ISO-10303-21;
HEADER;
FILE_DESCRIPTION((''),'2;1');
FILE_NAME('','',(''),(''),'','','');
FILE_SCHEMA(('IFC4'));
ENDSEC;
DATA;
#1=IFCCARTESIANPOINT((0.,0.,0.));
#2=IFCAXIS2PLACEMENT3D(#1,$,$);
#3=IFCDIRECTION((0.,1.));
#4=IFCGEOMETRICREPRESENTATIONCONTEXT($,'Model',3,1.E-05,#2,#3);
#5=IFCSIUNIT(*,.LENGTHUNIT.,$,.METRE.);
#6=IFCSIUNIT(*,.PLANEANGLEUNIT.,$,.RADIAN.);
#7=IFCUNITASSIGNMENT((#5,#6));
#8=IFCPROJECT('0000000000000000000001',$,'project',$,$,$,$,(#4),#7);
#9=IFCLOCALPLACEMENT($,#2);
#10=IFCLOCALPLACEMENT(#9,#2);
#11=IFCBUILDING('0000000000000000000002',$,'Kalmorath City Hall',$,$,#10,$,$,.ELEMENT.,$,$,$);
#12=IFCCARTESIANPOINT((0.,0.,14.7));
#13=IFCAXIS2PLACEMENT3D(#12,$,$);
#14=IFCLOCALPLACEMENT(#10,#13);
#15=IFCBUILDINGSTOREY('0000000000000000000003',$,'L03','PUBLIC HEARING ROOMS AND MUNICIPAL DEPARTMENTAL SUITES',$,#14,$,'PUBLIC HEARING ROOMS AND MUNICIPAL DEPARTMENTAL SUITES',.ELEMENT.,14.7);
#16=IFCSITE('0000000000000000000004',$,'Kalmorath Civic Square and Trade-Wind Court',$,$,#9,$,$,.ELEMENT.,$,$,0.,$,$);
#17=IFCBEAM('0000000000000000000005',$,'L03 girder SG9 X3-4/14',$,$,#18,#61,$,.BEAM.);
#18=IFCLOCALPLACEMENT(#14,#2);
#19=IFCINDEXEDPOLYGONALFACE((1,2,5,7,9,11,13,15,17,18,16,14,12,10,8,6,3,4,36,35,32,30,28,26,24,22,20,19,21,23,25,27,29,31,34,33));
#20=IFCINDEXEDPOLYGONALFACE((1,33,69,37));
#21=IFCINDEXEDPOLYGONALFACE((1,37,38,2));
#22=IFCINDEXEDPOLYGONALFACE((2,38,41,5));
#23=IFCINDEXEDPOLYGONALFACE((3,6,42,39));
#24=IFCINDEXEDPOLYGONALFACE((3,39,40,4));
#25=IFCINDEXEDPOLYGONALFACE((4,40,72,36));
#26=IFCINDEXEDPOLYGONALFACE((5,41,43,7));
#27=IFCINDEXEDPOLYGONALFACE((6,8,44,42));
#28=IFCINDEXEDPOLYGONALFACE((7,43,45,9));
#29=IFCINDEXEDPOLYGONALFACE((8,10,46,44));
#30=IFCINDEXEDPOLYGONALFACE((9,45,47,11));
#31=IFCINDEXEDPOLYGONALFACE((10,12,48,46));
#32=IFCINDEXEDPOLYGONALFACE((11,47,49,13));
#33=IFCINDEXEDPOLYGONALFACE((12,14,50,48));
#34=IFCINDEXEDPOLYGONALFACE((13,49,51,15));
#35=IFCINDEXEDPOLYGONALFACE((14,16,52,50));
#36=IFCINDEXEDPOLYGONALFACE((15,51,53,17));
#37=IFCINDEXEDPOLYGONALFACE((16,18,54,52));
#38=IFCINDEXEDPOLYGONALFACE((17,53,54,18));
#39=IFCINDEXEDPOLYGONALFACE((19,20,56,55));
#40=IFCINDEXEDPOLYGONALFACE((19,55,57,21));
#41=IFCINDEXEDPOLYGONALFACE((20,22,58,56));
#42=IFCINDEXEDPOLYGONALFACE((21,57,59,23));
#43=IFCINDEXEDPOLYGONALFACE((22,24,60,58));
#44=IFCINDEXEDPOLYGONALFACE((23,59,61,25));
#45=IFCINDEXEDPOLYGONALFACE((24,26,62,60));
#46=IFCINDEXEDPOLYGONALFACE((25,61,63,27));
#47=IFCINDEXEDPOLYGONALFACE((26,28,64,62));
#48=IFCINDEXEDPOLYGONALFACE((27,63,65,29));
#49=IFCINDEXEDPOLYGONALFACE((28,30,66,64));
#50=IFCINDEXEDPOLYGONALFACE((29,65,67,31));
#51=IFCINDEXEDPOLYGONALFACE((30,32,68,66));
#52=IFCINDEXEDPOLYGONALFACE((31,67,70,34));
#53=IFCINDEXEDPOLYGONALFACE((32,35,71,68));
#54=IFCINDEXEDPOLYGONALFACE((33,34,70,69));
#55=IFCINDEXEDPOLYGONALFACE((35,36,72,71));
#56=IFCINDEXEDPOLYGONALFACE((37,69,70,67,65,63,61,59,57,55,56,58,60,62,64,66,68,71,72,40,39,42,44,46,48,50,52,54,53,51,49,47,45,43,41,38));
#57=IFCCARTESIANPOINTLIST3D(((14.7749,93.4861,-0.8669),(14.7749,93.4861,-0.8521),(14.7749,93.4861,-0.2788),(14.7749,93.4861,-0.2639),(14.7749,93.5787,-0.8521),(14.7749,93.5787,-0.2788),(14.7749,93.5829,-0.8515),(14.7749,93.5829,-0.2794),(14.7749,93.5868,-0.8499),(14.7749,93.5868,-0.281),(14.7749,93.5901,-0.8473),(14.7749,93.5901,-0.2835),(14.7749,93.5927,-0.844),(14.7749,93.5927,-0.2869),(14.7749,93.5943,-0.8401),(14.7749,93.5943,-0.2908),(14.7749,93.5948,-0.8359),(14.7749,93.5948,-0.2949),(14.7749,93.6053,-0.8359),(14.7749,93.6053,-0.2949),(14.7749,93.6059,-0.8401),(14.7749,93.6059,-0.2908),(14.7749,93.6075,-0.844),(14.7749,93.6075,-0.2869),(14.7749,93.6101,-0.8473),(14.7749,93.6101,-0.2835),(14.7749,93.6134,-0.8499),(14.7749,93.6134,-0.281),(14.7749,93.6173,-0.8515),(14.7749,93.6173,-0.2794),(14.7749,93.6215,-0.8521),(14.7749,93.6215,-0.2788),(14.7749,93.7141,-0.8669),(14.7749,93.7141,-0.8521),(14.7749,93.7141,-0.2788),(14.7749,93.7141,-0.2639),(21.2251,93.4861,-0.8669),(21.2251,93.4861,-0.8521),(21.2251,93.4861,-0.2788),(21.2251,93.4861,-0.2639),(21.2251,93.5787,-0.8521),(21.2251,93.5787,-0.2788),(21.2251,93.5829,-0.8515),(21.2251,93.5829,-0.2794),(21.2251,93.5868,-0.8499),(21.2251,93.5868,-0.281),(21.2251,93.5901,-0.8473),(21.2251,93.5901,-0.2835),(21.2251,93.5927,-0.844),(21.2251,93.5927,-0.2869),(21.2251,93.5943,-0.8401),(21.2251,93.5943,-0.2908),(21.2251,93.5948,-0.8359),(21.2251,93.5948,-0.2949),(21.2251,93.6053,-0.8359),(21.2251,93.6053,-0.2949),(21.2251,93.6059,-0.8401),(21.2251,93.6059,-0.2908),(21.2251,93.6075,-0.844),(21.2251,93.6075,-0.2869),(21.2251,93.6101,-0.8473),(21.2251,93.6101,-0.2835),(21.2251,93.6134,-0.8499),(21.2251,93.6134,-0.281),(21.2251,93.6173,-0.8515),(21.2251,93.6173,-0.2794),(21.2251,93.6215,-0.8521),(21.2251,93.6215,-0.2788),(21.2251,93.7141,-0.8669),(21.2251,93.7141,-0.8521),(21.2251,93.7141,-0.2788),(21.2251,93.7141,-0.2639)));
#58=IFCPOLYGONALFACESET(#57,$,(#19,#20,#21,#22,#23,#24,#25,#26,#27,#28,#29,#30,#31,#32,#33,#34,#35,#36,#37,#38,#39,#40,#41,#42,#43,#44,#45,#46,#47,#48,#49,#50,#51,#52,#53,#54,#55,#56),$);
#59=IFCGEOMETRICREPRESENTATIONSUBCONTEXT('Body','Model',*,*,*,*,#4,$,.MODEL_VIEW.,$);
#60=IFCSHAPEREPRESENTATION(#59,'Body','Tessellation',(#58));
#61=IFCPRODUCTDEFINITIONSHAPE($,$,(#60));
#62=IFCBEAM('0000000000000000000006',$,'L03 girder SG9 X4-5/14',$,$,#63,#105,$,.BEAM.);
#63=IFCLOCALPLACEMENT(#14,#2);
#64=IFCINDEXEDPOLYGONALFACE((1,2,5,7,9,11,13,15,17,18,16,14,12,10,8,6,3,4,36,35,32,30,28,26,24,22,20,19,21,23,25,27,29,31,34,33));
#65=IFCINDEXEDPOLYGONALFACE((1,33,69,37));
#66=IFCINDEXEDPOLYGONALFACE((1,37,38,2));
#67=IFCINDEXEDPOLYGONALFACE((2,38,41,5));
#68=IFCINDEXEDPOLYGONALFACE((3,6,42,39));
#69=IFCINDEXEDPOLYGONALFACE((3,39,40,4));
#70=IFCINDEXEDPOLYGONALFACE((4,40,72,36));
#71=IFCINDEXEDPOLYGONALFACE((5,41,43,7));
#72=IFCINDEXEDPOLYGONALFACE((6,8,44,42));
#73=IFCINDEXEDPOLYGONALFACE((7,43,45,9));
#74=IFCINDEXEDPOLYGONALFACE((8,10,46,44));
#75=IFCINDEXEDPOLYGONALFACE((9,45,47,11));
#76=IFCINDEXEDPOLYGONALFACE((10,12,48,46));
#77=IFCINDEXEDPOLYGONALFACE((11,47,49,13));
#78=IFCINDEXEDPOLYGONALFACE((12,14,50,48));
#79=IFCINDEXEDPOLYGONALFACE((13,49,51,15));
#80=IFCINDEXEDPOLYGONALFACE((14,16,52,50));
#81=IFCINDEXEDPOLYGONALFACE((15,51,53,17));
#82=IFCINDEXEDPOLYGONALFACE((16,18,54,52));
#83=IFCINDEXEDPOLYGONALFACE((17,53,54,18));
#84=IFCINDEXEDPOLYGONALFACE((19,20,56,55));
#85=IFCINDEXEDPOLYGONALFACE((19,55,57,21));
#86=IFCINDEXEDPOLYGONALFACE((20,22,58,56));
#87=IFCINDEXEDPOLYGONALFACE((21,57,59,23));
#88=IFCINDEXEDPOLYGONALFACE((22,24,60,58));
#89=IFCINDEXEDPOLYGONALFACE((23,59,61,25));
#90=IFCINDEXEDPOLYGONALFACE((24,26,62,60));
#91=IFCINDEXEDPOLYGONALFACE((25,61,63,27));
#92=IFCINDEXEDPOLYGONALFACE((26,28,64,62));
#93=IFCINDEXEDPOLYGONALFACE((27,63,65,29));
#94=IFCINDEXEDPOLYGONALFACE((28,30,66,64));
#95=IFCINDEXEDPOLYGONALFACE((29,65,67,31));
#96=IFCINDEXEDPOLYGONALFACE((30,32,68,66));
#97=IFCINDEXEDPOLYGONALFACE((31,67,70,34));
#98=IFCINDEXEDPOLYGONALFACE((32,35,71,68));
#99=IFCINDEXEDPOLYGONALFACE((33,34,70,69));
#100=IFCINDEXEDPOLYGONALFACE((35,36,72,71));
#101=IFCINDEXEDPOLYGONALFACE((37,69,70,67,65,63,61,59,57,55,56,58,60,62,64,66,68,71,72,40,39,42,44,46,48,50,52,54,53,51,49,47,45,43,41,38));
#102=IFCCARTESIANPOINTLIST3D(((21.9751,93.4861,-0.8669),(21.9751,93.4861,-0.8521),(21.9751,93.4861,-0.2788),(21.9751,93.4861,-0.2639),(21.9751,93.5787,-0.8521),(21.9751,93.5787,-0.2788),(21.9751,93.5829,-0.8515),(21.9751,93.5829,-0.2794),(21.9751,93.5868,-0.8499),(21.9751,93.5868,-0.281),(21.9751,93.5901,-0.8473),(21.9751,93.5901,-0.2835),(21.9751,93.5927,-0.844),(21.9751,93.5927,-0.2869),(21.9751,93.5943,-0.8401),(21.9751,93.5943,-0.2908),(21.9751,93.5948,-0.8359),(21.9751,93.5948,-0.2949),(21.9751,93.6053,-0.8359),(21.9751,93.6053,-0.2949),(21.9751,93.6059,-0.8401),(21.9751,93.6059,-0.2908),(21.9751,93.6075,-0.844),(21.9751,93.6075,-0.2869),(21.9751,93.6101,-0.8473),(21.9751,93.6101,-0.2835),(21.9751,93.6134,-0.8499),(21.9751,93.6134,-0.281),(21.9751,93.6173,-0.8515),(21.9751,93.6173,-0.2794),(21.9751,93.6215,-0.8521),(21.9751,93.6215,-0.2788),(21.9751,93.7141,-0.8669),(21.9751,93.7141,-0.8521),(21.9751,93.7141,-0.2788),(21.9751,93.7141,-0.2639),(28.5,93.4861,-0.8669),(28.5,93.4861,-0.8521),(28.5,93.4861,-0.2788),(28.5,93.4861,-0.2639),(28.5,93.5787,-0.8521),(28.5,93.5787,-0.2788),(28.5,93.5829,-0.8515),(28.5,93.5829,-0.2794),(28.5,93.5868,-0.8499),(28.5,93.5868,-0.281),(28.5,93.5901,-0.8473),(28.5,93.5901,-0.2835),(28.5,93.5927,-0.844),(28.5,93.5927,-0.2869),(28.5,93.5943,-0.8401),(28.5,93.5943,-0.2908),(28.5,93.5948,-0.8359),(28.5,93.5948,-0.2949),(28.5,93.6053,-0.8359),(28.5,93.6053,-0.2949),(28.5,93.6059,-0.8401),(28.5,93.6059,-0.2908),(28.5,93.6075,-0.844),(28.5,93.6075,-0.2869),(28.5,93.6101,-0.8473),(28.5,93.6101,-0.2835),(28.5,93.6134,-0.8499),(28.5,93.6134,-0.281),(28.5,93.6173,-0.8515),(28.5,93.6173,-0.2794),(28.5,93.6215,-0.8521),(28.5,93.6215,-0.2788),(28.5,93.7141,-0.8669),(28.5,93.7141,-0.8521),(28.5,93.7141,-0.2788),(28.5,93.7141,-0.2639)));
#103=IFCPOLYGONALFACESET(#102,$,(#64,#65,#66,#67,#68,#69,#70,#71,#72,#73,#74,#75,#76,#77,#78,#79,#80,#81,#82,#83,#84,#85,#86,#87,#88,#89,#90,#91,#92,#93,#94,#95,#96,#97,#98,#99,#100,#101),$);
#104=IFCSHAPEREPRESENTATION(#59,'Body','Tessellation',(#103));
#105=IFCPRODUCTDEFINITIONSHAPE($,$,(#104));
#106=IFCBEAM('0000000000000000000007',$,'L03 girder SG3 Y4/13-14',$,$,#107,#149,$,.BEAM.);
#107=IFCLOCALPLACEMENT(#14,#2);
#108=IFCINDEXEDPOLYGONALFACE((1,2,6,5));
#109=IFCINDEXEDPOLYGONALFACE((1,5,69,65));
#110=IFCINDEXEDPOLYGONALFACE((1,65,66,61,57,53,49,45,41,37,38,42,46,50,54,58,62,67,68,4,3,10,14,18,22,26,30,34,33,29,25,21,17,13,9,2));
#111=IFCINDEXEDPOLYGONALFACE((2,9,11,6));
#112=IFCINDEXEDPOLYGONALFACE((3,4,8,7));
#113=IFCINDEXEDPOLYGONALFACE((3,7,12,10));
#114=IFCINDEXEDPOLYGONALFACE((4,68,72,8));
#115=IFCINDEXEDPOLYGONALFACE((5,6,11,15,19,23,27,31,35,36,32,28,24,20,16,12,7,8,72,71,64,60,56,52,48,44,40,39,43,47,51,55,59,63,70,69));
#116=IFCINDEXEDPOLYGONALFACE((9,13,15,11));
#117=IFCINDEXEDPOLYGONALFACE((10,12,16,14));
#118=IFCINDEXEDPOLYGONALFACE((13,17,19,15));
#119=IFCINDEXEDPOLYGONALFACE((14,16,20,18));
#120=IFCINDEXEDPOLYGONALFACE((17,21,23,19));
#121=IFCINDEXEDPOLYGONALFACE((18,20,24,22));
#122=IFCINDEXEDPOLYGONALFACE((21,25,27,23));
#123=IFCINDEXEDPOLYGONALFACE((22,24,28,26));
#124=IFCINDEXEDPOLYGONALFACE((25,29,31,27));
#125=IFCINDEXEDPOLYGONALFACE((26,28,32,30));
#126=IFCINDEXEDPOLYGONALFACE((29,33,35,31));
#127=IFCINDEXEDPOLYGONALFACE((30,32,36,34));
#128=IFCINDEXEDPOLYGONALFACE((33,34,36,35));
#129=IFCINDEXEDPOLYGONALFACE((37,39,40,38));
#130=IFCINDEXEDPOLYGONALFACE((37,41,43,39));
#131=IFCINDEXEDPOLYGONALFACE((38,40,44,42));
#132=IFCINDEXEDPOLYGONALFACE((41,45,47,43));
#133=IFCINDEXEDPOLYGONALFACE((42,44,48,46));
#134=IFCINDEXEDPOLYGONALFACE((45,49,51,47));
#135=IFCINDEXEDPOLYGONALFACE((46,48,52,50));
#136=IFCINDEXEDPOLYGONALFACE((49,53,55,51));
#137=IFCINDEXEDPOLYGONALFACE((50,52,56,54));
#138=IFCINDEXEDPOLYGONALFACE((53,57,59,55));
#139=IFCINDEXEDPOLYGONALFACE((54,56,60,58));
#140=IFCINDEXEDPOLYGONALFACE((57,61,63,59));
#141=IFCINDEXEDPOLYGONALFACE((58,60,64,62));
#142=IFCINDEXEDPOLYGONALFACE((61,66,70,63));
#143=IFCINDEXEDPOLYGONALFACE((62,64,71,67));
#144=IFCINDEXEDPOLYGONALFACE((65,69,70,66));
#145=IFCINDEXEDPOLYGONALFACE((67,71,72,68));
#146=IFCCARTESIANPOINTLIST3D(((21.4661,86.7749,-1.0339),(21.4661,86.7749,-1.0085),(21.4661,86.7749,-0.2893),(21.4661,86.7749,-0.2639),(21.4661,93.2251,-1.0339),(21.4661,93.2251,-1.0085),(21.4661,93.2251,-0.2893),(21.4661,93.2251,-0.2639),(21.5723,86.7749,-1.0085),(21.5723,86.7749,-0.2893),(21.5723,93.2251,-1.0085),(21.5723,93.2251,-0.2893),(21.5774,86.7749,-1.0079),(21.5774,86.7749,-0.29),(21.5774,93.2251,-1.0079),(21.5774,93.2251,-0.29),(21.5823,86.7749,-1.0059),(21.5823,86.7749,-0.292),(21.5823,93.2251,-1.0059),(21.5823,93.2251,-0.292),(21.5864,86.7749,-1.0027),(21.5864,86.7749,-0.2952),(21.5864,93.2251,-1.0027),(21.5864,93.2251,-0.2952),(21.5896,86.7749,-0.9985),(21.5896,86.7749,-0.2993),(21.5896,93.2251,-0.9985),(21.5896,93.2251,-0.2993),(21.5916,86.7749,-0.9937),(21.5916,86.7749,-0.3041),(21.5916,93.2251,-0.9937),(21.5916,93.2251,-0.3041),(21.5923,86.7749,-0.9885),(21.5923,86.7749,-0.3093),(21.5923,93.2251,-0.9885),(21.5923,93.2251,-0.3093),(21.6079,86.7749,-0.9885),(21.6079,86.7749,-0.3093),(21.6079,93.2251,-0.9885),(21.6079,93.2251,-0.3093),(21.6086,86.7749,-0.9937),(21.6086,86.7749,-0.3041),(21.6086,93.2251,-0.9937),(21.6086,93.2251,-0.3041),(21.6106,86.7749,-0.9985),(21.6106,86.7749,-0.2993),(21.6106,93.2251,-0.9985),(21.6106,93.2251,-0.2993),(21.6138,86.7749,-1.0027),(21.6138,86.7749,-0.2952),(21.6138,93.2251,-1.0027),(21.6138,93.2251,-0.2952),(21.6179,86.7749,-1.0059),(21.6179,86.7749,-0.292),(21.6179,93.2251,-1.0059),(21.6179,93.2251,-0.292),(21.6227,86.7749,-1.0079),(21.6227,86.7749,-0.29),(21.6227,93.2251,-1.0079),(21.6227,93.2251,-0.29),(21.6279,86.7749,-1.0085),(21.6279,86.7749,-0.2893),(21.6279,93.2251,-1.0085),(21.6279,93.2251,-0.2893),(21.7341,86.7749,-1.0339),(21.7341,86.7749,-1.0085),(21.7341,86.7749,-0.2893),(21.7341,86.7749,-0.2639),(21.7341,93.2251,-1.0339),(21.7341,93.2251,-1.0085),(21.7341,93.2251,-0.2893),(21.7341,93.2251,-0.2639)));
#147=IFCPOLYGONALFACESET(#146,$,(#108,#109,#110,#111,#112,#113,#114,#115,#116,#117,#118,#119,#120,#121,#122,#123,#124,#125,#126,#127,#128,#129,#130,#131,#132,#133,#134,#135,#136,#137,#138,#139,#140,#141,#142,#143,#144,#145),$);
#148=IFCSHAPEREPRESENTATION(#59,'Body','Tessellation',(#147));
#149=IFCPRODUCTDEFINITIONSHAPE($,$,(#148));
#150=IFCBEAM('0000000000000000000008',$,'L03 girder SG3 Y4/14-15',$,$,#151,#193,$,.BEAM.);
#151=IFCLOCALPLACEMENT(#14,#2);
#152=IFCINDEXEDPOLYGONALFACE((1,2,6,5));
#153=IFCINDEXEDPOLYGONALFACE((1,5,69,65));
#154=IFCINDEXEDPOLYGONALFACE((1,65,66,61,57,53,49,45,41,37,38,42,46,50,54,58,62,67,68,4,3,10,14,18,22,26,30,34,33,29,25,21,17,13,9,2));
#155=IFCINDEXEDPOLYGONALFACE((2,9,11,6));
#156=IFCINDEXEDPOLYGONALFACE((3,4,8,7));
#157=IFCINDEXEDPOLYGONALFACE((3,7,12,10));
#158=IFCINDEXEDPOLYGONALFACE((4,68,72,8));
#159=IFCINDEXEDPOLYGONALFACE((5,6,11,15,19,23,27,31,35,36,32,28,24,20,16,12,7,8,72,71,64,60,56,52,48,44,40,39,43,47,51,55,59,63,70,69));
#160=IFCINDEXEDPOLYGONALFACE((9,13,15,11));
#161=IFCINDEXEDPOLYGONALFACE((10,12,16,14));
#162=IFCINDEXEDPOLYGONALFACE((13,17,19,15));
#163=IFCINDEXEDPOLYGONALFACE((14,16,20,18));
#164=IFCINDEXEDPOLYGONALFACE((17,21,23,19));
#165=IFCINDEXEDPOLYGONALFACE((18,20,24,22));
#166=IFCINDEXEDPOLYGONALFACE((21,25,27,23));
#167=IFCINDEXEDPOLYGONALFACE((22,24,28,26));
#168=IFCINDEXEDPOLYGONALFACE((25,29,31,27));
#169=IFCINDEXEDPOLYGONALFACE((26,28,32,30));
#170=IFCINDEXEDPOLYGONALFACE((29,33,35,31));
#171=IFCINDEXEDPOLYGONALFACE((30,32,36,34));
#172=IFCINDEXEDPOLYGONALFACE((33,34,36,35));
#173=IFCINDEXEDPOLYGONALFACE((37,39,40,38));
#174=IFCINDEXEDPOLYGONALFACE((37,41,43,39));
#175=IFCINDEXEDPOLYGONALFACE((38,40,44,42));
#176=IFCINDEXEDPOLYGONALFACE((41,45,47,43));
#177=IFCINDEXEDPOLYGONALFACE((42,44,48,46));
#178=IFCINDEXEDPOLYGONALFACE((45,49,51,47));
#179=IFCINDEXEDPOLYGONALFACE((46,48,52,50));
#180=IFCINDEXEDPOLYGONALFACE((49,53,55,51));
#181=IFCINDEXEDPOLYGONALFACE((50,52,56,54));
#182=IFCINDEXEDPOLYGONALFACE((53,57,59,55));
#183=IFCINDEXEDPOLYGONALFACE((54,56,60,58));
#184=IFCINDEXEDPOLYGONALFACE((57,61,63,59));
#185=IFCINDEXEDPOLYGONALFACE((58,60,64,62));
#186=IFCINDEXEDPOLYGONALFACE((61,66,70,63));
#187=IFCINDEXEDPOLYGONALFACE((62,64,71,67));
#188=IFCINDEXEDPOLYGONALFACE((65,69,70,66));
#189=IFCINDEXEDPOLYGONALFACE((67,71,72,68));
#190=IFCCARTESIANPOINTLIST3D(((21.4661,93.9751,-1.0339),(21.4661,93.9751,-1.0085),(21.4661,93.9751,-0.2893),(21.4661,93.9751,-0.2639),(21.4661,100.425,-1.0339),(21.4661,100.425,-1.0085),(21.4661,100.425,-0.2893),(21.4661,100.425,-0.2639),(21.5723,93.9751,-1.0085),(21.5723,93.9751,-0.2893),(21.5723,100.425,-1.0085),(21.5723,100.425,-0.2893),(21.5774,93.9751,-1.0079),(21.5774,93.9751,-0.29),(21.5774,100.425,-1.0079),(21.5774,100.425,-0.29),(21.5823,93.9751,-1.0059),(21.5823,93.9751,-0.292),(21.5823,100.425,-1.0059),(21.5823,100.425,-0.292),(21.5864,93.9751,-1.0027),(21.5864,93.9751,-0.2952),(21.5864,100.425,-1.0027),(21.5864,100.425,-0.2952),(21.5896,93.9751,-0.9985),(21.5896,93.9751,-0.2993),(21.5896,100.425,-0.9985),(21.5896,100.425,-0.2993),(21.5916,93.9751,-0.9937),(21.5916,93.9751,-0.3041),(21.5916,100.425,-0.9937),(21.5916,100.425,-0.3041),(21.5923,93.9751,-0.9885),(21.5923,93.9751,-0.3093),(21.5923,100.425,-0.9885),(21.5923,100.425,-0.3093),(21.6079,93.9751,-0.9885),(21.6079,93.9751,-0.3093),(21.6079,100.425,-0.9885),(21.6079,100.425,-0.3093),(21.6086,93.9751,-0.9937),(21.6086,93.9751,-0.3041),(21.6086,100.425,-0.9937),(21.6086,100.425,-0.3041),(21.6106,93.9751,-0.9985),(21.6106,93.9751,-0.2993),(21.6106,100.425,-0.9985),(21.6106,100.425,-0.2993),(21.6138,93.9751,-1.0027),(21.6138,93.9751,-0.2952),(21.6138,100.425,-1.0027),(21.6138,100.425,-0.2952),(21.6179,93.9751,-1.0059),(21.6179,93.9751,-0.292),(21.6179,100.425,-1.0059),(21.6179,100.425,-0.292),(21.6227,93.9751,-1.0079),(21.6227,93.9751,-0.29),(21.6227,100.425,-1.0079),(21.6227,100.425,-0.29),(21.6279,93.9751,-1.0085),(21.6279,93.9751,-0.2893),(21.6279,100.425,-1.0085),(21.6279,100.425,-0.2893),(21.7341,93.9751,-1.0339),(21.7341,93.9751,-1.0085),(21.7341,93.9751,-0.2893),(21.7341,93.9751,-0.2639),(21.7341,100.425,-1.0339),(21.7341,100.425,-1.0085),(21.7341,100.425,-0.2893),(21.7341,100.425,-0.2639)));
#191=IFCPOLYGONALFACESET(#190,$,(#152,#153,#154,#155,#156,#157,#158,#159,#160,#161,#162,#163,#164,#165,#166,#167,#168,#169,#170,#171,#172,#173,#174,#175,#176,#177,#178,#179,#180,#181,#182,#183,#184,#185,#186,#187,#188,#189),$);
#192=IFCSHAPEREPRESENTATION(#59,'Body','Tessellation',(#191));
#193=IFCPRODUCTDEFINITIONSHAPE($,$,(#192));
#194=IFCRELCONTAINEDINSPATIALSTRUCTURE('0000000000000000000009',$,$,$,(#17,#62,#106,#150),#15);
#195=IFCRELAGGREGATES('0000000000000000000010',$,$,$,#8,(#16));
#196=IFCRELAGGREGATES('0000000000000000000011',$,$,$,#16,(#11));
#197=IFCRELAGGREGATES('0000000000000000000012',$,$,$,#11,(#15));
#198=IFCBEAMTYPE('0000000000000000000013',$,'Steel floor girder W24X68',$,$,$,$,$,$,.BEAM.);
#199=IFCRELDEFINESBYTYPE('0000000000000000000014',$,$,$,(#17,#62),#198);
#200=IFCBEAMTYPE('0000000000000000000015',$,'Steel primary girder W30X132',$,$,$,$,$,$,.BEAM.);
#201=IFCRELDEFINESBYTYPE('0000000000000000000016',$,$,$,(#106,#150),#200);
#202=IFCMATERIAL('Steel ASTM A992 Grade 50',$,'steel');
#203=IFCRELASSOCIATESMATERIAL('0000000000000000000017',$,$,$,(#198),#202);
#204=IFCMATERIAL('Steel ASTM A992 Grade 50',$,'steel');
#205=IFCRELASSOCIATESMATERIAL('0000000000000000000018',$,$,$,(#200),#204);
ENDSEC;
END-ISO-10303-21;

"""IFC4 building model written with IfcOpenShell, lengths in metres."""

from ifc_helpers import new_model, si_unit, direction, frame, origin, origin_2d, place, context, subcontext, project, spatial, i_section, extrude, material, material_profile, profile_set, type_object, element, save


model = new_model("IFC4")

# Units and contexts
model_context = context("Model", 3, precision=1e-05, world=origin(), true_north=direction((0.0, 1.0)))
body_context = subcontext(model_context, "Body", "Model", "MODEL_VIEW")
ifc_project = project(units=[si_unit("LENGTHUNIT", "METRE"), si_unit("PLANEANGLEUNIT", "RADIAN")], contexts=[model_context])

# Site, building, storey
site_placement = place(None, origin())
site = spatial("IfcSite", under=ifc_project, at=site_placement, Name="Kalmorath Civic Square and Trade-Wind Court", CompositionType="ELEMENT", RefElevation=0.0)
building_placement = place(site_placement, origin())
building = spatial("IfcBuilding", under=site, at=building_placement, Name="Kalmorath City Hall", CompositionType="ELEMENT")
storey_placement = place(building_placement, frame((0.0, 0.0, 14.7)))
storey = spatial("IfcBuildingStorey", under=building, at=storey_placement, Name="L03", Description="PUBLIC HEARING ROOMS AND MUNICIPAL DEPARTMENTAL SUITES", LongName="PUBLIC HEARING ROOMS AND MUNICIPAL DEPARTMENTAL SUITES", CompositionType="ELEMENT", Elevation=14.7)

# Beams
ifc_material_1 = material(Name="Steel ASTM A992 Grade 50", Category="steel")
ifc_material_profile_1 = material_profile(ifc_material_1, i_section(OverallWidth=0.228, OverallDepth=0.603, WebThickness=0.0105, FlangeThickness=0.0149, FilletRadius=0.0161, at=origin_2d()), Name="W24X68")
ifc_profile_set_1 = profile_set([ifc_material_profile_1], Name="Steel ASTM A992 Grade 50")
beam_type_1 = type_object("IfcBeamType", Name="Steel floor girder W24X68", PredefinedType="BEAM", material=ifc_profile_set_1)
beam_1_placement = place(storey_placement, frame((14.7749, 93.6001, -0.5654), z_axis=(1.0, 0.0, 0.0), x_axis=(0.0, 1.0, 0.0)))
element("IfcBeam", 1, at=beam_1_placement, inside=storey, type_object=beam_type_1, Name="L03 girder SG9 X3-4/14", PredefinedType="BEAM", context=body_context, shape_type="SweptSolid", body=[
    extrude(i_section(OverallWidth=0.228, OverallDepth=0.603, WebThickness=0.0105, FlangeThickness=0.0149, FilletRadius=0.0161, at=origin_2d()), origin(), (0.0, 0.0, 1.0), 6.4502),
])
beam_2_placement = place(storey_placement, frame((21.9751, 93.6001, -0.5654), z_axis=(1.0, 0.0, 0.0), x_axis=(0.0, 1.0, 0.0)))
element("IfcBeam", 2, at=beam_2_placement, inside=storey, type_object=beam_type_1, Name="L03 girder SG9 X4-5/14", PredefinedType="BEAM", context=body_context, shape_type="SweptSolid", body=[
    extrude(i_section(OverallWidth=0.228, OverallDepth=0.603, WebThickness=0.0105, FlangeThickness=0.0149, FilletRadius=0.0161, at=origin_2d()), origin(), (0.0, 0.0, 1.0), 6.5249),
])
ifc_material_2 = material(Name="Steel ASTM A992 Grade 50", Category="steel")
ifc_material_profile_2 = material_profile(ifc_material_2, i_section(OverallWidth=0.2681, OverallDepth=0.77, WebThickness=0.0156, FlangeThickness=0.0254, FilletRadius=0.02, at=origin_2d()), Name="W30X132")
ifc_profile_set_2 = profile_set([ifc_material_profile_2], Name="Steel ASTM A992 Grade 50")
beam_type_2 = type_object("IfcBeamType", Name="Steel primary girder W30X132", PredefinedType="BEAM", material=ifc_profile_set_2)
beam_3_placement = place(storey_placement, frame((21.6001, 86.7749, -0.6489), z_axis=(0.0, 1.0, 0.0), x_axis=(-1.0, 0.0, 0.0)))
element("IfcBeam", 3, at=beam_3_placement, inside=storey, type_object=beam_type_2, Name="L03 girder SG3 Y4/13-14", PredefinedType="BEAM", context=body_context, shape_type="SweptSolid", body=[
    extrude(i_section(OverallWidth=0.2681, OverallDepth=0.77, WebThickness=0.0156, FlangeThickness=0.0254, FilletRadius=0.02, at=origin_2d()), origin(), (0.0, 0.0, 1.0), 6.4502),
])
beam_4_placement = place(storey_placement, frame((21.6001, 93.9751, -0.6489), z_axis=(0.0, 1.0, 0.0), x_axis=(-1.0, 0.0, 0.0)))
element("IfcBeam", 4, at=beam_4_placement, inside=storey, type_object=beam_type_2, Name="L03 girder SG3 Y4/14-15", PredefinedType="BEAM", context=body_context, shape_type="SweptSolid", body=[
    extrude(i_section(OverallWidth=0.2681, OverallDepth=0.77, WebThickness=0.0156, FlangeThickness=0.0254, FilletRadius=0.02, at=origin_2d()), origin(), (0.0, 0.0, 1.0), 6.45),
])

save(model, "model.ifc")
